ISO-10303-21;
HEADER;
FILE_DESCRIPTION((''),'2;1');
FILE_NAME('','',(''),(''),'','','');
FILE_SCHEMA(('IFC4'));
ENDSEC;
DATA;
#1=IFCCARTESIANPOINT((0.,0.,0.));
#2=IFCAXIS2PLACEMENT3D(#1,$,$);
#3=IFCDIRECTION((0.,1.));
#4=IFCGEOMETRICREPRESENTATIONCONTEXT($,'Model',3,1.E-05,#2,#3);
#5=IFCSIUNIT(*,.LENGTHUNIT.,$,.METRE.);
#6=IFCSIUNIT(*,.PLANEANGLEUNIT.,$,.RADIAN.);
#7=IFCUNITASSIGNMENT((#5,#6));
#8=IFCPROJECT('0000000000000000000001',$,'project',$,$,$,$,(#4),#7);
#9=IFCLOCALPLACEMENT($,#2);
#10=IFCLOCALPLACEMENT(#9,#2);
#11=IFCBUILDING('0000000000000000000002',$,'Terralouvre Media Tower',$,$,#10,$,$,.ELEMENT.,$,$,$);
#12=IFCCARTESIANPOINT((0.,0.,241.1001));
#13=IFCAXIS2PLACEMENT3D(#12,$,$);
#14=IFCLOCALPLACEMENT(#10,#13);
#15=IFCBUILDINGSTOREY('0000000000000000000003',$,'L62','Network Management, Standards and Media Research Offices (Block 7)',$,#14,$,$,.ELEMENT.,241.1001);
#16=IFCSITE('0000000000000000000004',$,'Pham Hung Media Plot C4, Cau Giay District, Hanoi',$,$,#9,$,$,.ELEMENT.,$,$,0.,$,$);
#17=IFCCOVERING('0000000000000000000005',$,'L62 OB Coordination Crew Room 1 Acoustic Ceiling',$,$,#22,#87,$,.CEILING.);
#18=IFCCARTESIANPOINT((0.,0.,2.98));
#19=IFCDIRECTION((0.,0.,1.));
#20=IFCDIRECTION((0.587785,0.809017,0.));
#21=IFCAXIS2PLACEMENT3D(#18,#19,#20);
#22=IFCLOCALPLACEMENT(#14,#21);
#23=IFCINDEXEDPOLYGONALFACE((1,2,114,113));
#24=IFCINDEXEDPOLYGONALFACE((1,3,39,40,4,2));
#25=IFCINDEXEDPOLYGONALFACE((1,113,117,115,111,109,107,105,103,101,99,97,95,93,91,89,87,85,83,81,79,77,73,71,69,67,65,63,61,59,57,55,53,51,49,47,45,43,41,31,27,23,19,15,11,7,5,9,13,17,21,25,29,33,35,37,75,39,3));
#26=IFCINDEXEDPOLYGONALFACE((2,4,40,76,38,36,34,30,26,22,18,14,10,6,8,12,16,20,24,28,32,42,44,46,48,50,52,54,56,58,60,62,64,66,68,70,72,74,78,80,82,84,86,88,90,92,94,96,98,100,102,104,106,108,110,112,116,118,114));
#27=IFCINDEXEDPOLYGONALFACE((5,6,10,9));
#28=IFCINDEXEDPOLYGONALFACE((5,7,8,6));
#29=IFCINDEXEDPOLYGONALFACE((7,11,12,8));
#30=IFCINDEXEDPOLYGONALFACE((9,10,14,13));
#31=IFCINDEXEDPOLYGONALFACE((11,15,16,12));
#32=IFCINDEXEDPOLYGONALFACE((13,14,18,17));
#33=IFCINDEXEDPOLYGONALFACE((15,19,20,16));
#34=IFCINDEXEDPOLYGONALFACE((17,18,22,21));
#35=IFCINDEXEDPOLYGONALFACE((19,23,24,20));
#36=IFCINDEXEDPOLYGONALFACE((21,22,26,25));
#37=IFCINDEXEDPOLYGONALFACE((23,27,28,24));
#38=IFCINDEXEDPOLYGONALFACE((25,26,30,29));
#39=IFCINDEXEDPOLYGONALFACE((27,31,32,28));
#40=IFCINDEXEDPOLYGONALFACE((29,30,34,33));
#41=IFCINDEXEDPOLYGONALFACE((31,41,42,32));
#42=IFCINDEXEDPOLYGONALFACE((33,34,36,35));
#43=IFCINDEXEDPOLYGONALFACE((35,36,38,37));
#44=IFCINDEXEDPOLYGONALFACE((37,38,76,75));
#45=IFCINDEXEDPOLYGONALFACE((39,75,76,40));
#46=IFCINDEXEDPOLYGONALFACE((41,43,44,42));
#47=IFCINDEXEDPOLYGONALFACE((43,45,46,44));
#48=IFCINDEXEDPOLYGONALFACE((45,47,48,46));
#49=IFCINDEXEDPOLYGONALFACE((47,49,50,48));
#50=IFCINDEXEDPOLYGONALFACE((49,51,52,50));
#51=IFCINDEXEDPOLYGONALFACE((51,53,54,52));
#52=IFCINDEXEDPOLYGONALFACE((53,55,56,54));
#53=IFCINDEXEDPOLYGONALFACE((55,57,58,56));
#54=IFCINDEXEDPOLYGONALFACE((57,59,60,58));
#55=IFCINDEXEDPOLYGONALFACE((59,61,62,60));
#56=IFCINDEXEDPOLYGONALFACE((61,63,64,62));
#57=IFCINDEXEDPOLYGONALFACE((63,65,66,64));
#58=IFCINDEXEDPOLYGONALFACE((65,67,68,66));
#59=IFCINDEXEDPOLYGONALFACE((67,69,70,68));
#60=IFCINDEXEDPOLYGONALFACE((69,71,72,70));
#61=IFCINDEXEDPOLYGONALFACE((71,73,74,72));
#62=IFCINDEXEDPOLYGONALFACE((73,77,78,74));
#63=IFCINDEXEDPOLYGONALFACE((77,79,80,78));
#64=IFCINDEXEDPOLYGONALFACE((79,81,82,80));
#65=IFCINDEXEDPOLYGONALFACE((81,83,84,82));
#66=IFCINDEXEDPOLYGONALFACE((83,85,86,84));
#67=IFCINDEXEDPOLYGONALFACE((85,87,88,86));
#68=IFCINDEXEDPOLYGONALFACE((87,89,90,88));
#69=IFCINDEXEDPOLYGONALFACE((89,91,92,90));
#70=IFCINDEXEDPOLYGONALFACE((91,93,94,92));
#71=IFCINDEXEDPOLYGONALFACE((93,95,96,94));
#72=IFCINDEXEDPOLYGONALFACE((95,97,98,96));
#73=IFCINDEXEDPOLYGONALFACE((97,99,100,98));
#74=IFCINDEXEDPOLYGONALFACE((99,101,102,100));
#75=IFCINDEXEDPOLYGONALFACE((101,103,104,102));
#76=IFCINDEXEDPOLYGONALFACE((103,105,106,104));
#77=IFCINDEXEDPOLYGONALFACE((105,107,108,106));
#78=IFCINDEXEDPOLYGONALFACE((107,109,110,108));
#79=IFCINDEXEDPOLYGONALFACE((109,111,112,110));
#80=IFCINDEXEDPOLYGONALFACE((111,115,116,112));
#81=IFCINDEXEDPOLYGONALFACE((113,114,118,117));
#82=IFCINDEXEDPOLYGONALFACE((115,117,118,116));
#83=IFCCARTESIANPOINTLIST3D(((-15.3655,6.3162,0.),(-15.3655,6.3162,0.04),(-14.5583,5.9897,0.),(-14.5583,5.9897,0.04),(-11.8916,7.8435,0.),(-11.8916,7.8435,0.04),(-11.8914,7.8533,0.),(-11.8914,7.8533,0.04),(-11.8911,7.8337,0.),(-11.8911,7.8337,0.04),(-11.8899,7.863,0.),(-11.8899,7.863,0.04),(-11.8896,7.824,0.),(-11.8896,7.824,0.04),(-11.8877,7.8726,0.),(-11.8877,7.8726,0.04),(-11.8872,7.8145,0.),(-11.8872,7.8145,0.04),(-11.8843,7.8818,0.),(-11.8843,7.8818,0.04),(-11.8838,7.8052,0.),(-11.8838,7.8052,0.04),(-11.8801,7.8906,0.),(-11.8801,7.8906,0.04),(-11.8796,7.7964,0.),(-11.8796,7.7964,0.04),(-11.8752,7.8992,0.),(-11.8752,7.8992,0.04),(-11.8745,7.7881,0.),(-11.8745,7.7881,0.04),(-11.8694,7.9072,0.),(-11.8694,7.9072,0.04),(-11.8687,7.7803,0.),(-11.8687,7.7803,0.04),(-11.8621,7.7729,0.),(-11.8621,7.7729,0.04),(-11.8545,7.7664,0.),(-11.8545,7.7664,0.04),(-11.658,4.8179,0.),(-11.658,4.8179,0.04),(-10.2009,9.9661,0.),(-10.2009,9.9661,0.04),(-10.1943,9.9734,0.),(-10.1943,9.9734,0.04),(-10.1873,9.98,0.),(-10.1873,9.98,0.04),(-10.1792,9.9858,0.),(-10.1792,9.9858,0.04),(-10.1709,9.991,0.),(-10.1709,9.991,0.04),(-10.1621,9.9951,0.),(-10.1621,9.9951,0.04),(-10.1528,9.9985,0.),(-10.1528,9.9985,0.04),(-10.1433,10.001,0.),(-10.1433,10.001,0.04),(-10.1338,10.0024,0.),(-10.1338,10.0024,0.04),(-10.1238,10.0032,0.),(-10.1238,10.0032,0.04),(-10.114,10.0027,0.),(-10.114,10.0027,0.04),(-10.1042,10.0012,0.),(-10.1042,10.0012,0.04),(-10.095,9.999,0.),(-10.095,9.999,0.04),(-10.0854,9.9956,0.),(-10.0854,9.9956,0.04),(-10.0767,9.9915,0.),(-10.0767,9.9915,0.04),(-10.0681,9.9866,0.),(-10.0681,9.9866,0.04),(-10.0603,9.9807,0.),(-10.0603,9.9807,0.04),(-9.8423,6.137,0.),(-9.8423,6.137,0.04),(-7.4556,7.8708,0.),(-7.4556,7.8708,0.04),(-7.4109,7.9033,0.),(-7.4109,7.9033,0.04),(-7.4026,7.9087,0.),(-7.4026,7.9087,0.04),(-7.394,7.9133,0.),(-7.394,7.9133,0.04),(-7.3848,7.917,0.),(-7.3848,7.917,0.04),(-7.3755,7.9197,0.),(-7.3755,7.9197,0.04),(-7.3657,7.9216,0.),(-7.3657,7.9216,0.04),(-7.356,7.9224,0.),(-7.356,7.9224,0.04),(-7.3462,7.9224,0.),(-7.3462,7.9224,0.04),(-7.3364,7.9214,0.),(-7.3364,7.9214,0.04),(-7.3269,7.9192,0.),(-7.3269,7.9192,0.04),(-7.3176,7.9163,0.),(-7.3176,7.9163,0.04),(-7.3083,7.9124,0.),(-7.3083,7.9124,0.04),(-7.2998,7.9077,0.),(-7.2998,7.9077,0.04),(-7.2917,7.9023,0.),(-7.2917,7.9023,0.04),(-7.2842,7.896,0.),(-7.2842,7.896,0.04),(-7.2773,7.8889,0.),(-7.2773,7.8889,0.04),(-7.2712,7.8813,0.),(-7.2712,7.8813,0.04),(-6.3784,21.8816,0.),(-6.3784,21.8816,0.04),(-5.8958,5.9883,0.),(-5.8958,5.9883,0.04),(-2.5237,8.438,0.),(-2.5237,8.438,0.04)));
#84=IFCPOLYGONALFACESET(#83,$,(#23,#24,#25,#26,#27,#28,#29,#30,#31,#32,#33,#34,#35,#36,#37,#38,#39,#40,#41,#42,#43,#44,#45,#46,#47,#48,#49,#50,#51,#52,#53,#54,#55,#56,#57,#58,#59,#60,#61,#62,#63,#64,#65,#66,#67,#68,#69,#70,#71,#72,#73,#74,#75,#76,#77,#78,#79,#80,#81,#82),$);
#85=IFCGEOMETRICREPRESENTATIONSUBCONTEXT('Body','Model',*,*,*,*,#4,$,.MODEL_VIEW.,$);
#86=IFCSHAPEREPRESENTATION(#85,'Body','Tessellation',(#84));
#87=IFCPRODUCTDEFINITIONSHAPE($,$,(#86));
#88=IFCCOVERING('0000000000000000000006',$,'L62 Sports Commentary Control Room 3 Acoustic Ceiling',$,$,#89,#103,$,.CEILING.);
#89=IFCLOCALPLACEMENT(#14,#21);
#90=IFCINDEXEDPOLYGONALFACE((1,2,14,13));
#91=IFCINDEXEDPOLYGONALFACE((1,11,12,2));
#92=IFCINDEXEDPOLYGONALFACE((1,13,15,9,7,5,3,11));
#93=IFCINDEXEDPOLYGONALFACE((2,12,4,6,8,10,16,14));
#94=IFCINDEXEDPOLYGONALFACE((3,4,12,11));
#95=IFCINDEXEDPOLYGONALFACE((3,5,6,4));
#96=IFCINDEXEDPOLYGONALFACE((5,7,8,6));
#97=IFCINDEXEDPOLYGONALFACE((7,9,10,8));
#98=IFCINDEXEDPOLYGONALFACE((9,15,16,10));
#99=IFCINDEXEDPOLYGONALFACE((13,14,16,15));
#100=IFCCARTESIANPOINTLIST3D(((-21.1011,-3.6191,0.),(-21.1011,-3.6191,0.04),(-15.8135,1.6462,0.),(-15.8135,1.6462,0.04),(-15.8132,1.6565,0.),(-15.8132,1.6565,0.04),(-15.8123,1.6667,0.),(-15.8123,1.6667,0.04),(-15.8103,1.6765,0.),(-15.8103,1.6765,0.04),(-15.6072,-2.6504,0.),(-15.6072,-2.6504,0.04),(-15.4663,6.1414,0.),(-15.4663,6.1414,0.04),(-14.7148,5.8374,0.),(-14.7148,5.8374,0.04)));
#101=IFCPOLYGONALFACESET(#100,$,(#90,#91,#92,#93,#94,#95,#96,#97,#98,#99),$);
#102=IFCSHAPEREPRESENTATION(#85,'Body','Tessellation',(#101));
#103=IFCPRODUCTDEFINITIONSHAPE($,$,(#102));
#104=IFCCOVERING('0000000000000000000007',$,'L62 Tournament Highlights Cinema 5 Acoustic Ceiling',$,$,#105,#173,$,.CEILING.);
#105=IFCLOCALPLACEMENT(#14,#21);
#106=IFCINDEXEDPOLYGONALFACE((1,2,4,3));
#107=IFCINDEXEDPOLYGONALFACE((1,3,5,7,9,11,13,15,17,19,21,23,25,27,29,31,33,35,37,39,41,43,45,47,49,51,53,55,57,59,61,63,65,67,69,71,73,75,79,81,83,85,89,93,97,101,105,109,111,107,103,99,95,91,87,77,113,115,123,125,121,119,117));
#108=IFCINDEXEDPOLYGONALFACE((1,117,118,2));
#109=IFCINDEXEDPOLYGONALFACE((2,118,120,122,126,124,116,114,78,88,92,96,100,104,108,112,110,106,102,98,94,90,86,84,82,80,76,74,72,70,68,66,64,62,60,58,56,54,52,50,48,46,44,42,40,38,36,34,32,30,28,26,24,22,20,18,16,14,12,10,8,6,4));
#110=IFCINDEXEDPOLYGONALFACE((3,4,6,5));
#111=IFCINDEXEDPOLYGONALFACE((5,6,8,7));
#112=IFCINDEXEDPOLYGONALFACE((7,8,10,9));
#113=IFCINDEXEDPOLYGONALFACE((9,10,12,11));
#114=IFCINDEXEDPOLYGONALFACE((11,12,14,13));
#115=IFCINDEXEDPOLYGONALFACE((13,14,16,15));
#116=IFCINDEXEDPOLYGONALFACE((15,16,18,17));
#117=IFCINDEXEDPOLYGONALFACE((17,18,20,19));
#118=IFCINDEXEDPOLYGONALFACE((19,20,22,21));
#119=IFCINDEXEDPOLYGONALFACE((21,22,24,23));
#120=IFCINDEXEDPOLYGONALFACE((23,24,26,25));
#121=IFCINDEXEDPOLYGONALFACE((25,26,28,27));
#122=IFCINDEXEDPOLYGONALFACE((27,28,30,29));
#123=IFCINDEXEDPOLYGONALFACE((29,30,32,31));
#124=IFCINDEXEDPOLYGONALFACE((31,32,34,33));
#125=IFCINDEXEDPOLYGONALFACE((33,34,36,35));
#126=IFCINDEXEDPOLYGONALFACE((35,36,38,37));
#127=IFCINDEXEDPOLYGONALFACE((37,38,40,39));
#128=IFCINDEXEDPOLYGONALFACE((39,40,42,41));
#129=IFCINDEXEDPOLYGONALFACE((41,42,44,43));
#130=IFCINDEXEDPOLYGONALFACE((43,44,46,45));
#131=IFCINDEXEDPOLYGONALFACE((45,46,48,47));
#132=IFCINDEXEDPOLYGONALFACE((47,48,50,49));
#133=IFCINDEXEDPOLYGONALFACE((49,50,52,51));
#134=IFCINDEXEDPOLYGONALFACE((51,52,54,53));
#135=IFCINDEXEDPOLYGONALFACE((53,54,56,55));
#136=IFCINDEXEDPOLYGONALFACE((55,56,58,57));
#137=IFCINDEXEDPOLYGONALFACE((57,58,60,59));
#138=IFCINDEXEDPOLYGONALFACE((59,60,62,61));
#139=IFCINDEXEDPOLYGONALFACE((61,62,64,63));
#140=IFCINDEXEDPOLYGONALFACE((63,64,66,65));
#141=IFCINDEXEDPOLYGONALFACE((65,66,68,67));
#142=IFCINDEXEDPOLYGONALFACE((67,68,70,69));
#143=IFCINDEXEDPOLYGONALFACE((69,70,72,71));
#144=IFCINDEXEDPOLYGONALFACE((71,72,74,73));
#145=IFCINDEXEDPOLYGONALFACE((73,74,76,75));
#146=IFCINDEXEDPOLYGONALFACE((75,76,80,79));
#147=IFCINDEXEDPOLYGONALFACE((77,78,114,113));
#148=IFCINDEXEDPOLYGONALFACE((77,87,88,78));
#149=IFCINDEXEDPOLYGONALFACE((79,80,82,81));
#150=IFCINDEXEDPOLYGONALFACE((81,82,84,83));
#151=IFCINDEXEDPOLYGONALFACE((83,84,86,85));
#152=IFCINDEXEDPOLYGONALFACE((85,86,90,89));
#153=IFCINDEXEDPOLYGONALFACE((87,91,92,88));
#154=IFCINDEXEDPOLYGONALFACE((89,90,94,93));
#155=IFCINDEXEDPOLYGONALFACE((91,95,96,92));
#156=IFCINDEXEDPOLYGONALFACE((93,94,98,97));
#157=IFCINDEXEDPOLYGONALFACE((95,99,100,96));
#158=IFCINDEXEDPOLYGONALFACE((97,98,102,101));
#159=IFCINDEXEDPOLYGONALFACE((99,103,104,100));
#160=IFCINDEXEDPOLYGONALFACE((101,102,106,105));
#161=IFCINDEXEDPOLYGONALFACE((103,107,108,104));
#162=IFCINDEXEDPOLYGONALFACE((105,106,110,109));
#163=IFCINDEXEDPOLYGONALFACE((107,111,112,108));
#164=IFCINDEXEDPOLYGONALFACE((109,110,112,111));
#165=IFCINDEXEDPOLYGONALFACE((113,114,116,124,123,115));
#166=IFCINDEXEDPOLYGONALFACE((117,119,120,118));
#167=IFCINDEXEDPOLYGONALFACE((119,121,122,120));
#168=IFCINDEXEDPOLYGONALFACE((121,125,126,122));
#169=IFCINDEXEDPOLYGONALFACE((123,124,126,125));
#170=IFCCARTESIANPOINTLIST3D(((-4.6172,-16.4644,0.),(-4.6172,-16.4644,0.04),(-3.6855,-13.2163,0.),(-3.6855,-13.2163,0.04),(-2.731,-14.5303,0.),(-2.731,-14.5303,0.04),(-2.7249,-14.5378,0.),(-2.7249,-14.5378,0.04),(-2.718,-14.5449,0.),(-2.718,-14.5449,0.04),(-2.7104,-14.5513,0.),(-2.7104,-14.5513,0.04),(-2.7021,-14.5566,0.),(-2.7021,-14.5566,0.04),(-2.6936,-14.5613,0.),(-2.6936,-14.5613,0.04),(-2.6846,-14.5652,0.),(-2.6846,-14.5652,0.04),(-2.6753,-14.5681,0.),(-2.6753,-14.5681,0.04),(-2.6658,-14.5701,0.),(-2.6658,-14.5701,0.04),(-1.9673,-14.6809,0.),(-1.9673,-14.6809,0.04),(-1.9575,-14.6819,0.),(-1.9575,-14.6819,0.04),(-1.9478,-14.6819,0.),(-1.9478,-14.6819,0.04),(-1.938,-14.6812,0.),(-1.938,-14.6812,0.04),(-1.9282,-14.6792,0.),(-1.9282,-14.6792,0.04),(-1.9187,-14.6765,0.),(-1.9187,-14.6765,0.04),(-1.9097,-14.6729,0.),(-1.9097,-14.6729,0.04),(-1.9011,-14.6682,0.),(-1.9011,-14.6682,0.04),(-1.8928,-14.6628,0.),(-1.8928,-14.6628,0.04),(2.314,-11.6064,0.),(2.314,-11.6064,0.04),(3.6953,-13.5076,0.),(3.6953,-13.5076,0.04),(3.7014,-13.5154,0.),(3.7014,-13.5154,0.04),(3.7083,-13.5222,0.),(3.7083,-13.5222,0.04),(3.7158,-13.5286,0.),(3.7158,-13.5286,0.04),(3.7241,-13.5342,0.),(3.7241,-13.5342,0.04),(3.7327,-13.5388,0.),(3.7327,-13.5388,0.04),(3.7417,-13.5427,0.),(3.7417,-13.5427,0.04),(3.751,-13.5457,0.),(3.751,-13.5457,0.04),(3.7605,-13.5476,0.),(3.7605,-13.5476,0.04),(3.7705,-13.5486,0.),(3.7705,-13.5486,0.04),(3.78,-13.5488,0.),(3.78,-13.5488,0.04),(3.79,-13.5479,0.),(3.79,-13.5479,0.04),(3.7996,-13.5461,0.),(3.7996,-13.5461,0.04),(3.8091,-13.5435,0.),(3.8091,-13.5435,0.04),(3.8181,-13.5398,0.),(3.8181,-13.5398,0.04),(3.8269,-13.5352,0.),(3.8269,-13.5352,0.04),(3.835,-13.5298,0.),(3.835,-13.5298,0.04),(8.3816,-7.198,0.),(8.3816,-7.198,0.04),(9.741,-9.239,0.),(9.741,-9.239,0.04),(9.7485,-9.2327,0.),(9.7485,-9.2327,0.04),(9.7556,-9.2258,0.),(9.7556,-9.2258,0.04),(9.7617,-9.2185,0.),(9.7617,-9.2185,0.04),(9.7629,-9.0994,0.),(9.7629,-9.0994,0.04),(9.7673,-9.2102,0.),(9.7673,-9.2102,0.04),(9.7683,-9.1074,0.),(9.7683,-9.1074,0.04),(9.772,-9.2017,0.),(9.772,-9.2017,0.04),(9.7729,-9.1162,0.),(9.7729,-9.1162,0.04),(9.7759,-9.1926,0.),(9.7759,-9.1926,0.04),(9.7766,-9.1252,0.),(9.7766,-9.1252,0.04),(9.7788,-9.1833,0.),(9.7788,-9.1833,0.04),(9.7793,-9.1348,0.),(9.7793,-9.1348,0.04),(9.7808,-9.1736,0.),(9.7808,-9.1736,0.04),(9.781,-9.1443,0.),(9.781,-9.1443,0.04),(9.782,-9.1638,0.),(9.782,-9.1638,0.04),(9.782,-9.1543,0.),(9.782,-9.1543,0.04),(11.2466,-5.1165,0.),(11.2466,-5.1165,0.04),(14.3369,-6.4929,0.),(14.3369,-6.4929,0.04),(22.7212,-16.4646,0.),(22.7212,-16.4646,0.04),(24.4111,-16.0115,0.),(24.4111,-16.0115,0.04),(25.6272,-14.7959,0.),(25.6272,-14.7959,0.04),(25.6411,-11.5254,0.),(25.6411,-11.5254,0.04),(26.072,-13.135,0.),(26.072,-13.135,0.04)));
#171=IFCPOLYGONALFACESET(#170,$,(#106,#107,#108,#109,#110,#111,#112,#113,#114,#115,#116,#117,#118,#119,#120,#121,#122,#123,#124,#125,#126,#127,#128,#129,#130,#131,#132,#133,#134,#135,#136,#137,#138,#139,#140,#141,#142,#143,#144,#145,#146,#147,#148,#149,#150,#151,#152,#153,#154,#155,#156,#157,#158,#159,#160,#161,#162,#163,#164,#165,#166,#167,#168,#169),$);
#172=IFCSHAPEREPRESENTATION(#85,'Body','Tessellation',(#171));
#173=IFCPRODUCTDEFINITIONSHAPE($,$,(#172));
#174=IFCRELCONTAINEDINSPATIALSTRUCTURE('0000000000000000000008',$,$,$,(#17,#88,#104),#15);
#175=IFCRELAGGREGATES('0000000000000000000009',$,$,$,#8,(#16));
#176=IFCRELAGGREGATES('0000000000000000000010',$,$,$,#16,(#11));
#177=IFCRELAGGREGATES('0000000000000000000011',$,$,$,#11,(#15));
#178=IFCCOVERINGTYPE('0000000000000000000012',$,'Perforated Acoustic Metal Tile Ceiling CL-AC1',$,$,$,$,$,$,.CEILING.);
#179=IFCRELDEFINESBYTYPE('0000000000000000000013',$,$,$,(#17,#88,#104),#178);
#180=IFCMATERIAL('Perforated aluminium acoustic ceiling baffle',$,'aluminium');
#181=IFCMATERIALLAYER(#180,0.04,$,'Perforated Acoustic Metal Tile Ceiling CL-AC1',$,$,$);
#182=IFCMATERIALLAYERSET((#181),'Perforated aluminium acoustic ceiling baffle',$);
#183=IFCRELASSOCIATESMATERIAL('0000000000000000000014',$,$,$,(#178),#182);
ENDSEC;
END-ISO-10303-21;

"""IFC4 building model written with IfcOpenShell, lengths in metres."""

from ifc_helpers import new_model, si_unit, direction, frame, origin, place, context, subcontext, project, spatial, polyline, outline, extrude, material, layer, layer_set, type_object, element, save


model = new_model("IFC4")

# Units and contexts
model_context = context("Model", 3, precision=1e-05, world=origin(), true_north=direction((0.0, 1.0)))
body_context = subcontext(model_context, "Body", "Model", "MODEL_VIEW")
ifc_project = project(units=[si_unit("LENGTHUNIT", "METRE"), si_unit("PLANEANGLEUNIT", "RADIAN")], contexts=[model_context])

# Site, building, storey
site_placement = place(None, origin())
site = spatial("IfcSite", under=ifc_project, at=site_placement, Name="Pham Hung Media Plot C4, Cau Giay District, Hanoi", CompositionType="ELEMENT", RefElevation=0.0)
building_placement = place(site_placement, origin())
building = spatial("IfcBuilding", under=site, at=building_placement, Name="Terralouvre Media Tower", CompositionType="ELEMENT")
storey_placement = place(building_placement, frame((0.0, 0.0, 241.1001)))
storey = spatial("IfcBuildingStorey", under=building, at=storey_placement, Name="L62", Description="Network Management, Standards and Media Research Offices (Block 7)", CompositionType="ELEMENT", Elevation=241.1001)

# Coverings
ifc_material_1 = material(Name="Perforated aluminium acoustic ceiling baffle", Category="aluminium")
ifc_layer_1 = layer(ifc_material_1, 0.04, Name="Perforated Acoustic Metal Tile Ceiling CL-AC1")
ifc_layer_set_1 = layer_set([ifc_layer_1], Name="Perforated aluminium acoustic ceiling baffle")
covering_type_1 = type_object("IfcCoveringType", Name="Perforated Acoustic Metal Tile Ceiling CL-AC1", PredefinedType="CEILING", material=ifc_layer_set_1)
covering_1_placement = place(storey_placement, frame((0.0, 0.0, 2.98), z_axis=(0.0, 0.0, 1.0), x_axis=(0.587785, 0.809017, 0.0)))
element("IfcCovering", 1, at=covering_1_placement, inside=storey, type_object=covering_type_1, Name="L62 OB Coordination Crew Room 1 Acoustic Ceiling", PredefinedType="CEILING", context=body_context, shape_type="SweptSolid", body=[
    extrude(outline(polyline([(-11.658, 4.8179), (-9.8423, 6.137), (-11.8545, 7.7664), (-11.8621, 7.7729), (-11.8687, 7.7803), (-11.8745, 7.7881), (-11.8796, 7.7964), (-11.8838, 7.8052), (-11.8872, 7.8145), (-11.8896, 7.824), (-11.8911, 7.8337), (-11.8916, 7.8435), (-11.8914, 7.8533), (-11.8899, 7.863), (-11.8877, 7.8726), (-11.8843, 7.8818), (-11.8801, 7.8906), (-11.8752, 7.8992), (-11.8694, 7.9072), (-10.2009, 9.9661), (-10.1943, 9.9734), (-10.1873, 9.98), (-10.1792, 9.9858), (-10.1709, 9.991), (-10.1621, 9.9951), (-10.1528, 9.9985), (-10.1433, 10.001), (-10.1338, 10.0024), (-10.1238, 10.0032), (-10.114, 10.0027), (-10.1042, 10.0012), (-10.095, 9.999), (-10.0854, 9.9956), (-10.0767, 9.9915), (-10.0681, 9.9866), (-10.0603, 9.9807), (-7.4556, 7.8708), (-7.4109, 7.9033), (-7.4026, 7.9087), (-7.394, 7.9133), (-7.3848, 7.917), (-7.3755, 7.9197), (-7.3657, 7.9216), (-7.356, 7.9224), (-7.3462, 7.9224), (-7.3364, 7.9214), (-7.3269, 7.9192), (-7.3176, 7.9163), (-7.3083, 7.9124), (-7.2998, 7.9077), (-7.2917, 7.9023), (-7.2842, 7.896), (-7.2773, 7.8889), (-7.2712, 7.8813), (-5.8958, 5.9883), (-2.5237, 8.438), (-6.3784, 21.8816), (-15.3655, 6.3162), (-14.5583, 5.9897), (-11.658, 4.8179)])), origin(), (0.0, 0.0, 1.0), 0.04),
])
covering_2_placement = place(storey_placement, frame((0.0, 0.0, 2.98), z_axis=(0.0, 0.0, 1.0), x_axis=(0.587785, 0.809017, 0.0)))
element("IfcCovering", 2, at=covering_2_placement, inside=storey, type_object=covering_type_1, Name="L62 Sports Commentary Control Room 3 Acoustic Ceiling", PredefinedType="CEILING", context=body_context, shape_type="SweptSolid", body=[
    extrude(outline(polyline([(-15.8135, 1.6462), (-15.8132, 1.6565), (-15.8123, 1.6667), (-15.8103, 1.6765), (-14.7148, 5.8374), (-15.4663, 6.1414), (-21.1011, -3.6191), (-15.6072, -2.6504), (-15.8135, 1.6462)])), origin(), (0.0, 0.0, 1.0), 0.04),
])
covering_3_placement = place(storey_placement, frame((0.0, 0.0, 2.98), z_axis=(0.0, 0.0, 1.0), x_axis=(0.587785, 0.809017, 0.0)))
element("IfcCovering", 3, at=covering_3_placement, inside=storey, type_object=covering_type_1, Name="L62 Tournament Highlights Cinema 5 Acoustic Ceiling", PredefinedType="CEILING", context=body_context, shape_type="SweptSolid", body=[
    extrude(outline(polyline([(11.2466, -5.1165), (8.3816, -7.198), (9.7629, -9.0994), (9.7683, -9.1074), (9.7729, -9.1162), (9.7766, -9.1252), (9.7793, -9.1348), (9.781, -9.1443), (9.782, -9.1543), (9.782, -9.1638), (9.7808, -9.1736), (9.7788, -9.1833), (9.7759, -9.1926), (9.772, -9.2017), (9.7673, -9.2102), (9.7617, -9.2185), (9.7556, -9.2258), (9.7485, -9.2327), (9.741, -9.239), (3.835, -13.5298), (3.8269, -13.5352), (3.8181, -13.5398), (3.8091, -13.5435), (3.7996, -13.5461), (3.79, -13.5479), (3.78, -13.5488), (3.7705, -13.5486), (3.7605, -13.5476), (3.751, -13.5457), (3.7417, -13.5427), (3.7327, -13.5388), (3.7241, -13.5342), (3.7158, -13.5286), (3.7083, -13.5222), (3.7014, -13.5154), (3.6953, -13.5076), (2.314, -11.6064), (-1.8928, -14.6628), (-1.9011, -14.6682), (-1.9097, -14.6729), (-1.9187, -14.6765), (-1.9282, -14.6792), (-1.938, -14.6812), (-1.9478, -14.6819), (-1.9575, -14.6819), (-1.9673, -14.6809), (-2.6658, -14.5701), (-2.6753, -14.5681), (-2.6846, -14.5652), (-2.6936, -14.5613), (-2.7021, -14.5566), (-2.7104, -14.5513), (-2.718, -14.5449), (-2.7249, -14.5378), (-2.731, -14.5303), (-3.6855, -13.2163), (-4.6172, -16.4644), (22.7212, -16.4646), (24.4111, -16.0115), (25.6272, -14.7959), (26.072, -13.135), (25.6411, -11.5254), (14.3369, -6.4929), (11.2466, -5.1165)])), origin(), (0.0, 0.0, 1.0), 0.04),
])

save(model, "model.ifc")
